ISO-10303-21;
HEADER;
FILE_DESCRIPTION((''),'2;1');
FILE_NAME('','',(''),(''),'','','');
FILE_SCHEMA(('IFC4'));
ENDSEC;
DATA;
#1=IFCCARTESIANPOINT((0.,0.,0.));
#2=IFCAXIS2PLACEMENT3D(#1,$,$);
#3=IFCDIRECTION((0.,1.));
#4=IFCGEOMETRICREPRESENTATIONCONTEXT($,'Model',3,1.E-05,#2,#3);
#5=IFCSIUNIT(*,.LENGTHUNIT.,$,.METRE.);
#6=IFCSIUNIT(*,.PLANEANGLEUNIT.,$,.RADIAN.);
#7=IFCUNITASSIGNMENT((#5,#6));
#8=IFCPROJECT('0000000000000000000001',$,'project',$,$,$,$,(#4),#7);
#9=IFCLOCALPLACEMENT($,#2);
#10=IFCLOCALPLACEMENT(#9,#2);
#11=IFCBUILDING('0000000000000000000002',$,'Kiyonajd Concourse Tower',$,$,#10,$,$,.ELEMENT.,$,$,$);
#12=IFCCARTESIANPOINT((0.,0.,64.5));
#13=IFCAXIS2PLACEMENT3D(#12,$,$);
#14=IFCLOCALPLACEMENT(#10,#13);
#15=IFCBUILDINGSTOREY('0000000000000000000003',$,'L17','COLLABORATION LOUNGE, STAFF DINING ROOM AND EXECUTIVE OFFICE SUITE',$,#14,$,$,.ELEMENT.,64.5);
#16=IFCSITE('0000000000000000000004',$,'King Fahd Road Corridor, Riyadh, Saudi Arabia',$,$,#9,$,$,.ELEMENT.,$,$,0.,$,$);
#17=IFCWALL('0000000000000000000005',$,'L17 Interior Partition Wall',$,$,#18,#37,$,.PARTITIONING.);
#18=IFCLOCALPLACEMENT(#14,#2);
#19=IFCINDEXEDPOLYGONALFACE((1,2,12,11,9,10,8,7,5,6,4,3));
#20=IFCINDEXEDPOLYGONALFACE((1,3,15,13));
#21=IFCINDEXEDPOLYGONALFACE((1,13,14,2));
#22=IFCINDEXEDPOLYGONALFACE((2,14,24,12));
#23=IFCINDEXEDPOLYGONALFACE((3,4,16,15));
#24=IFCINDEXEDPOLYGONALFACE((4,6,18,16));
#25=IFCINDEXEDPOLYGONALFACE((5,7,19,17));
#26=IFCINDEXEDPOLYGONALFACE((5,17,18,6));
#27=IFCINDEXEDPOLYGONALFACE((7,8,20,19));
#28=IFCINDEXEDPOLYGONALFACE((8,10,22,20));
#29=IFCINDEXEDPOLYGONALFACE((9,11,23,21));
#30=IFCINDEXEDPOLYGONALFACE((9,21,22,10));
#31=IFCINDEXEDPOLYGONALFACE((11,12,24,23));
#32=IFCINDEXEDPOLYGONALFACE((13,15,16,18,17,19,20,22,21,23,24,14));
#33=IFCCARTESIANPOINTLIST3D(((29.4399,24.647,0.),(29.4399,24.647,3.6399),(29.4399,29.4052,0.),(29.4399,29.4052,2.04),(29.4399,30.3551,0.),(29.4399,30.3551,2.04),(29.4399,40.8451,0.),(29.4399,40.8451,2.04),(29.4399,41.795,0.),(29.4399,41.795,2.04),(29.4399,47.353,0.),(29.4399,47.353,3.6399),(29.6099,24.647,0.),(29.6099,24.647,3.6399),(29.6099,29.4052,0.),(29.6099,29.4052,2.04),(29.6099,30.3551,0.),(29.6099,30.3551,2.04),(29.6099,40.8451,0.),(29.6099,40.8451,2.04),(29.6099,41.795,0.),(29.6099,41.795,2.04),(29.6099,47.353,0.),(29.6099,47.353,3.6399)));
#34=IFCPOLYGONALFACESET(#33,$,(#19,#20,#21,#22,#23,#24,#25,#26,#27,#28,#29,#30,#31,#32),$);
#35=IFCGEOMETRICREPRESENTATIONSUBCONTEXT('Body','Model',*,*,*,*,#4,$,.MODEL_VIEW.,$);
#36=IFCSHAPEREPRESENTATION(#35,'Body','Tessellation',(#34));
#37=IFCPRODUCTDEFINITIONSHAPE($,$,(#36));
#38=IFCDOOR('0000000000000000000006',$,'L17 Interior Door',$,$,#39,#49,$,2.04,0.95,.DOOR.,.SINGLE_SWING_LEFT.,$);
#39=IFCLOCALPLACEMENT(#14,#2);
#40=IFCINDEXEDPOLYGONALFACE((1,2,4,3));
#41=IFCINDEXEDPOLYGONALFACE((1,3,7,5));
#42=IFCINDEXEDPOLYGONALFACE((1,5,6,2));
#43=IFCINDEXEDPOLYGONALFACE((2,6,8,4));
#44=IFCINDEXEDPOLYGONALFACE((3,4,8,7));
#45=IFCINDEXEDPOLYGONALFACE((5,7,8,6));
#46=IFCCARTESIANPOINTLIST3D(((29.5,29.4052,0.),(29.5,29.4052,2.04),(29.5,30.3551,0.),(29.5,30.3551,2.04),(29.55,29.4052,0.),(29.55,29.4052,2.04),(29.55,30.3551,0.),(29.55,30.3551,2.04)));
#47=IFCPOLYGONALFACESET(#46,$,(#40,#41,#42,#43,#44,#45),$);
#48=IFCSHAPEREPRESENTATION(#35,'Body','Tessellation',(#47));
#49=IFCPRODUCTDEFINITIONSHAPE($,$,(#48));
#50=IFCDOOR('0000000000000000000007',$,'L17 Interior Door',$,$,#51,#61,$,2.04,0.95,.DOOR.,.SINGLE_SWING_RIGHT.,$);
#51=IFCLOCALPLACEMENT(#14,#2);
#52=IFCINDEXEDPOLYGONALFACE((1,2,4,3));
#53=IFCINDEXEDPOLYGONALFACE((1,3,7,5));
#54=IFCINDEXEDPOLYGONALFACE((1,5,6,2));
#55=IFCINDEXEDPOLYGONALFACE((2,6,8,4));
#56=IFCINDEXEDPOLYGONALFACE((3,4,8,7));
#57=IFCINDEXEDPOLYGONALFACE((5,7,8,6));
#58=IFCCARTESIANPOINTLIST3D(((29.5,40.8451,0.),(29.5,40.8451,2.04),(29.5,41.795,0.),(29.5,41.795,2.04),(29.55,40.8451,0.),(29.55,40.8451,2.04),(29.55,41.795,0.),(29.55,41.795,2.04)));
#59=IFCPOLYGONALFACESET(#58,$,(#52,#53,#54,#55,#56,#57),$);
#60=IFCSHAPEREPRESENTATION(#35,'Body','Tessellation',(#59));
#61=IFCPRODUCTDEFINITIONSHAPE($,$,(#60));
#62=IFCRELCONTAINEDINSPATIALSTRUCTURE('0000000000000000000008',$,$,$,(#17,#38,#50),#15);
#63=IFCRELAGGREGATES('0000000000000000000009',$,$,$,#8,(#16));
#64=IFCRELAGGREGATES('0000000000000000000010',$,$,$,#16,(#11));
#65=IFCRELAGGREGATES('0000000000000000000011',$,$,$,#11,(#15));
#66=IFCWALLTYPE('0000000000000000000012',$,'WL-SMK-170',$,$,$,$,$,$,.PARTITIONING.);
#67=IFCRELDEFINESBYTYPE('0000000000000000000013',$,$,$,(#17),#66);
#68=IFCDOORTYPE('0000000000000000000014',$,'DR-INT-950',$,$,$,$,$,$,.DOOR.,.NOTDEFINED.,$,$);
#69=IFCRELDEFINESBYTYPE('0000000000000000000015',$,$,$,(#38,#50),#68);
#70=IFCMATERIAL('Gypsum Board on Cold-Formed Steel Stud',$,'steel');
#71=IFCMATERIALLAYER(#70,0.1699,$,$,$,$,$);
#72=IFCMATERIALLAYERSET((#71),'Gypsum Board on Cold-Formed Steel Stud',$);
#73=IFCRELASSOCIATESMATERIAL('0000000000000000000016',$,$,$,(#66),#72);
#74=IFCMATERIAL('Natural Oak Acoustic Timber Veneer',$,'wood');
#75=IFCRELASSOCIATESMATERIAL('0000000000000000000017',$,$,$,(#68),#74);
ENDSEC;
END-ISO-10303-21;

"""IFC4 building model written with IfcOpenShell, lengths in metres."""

from ifc_helpers import new_model, si_unit, direction, frame, frame_2d, origin, place, context, subcontext, project, spatial, rectangle, extrude, material, layer, layer_set, type_object, element, fill, save


model = new_model("IFC4")

# Units and contexts
model_context = context("Model", 3, precision=1e-05, world=origin(), true_north=direction((0.0, 1.0)))
body_context = subcontext(model_context, "Body", "Model", "MODEL_VIEW")
ifc_project = project(units=[si_unit("LENGTHUNIT", "METRE"), si_unit("PLANEANGLEUNIT", "RADIAN")], contexts=[model_context])

# Site, building, storey
site_placement = place(None, origin())
site = spatial("IfcSite", under=ifc_project, at=site_placement, Name="King Fahd Road Corridor, Riyadh, Saudi Arabia", CompositionType="ELEMENT", RefElevation=0.0)
building_placement = place(site_placement, origin())
building = spatial("IfcBuilding", under=site, at=building_placement, Name="Kiyonajd Concourse Tower", CompositionType="ELEMENT")
storey_placement = place(building_placement, frame((0.0, 0.0, 64.5)))
storey = spatial("IfcBuildingStorey", under=building, at=storey_placement, Name="L17", Description="COLLABORATION LOUNGE, STAFF DINING ROOM AND EXECUTIVE OFFICE SUITE", CompositionType="ELEMENT", Elevation=64.5)

# Wall, openings, doors
ifc_material_1 = material(Name="Gypsum Board on Cold-Formed Steel Stud", Category="steel")
ifc_layer_1 = layer(ifc_material_1, 0.1699)
ifc_layer_set_1 = layer_set([ifc_layer_1], Name="Gypsum Board on Cold-Formed Steel Stud")
wall_type_1 = type_object("IfcWallType", Name="WL-SMK-170", PredefinedType="PARTITIONING", material=ifc_layer_set_1)
ifc_material_2 = material(Name="Natural Oak Acoustic Timber Veneer", Category="wood")
door_type_1 = type_object("IfcDoorType", Name="DR-INT-950", OperationType="NOTDEFINED", PredefinedType="DOOR", material=ifc_material_2)
wall_1_placement = place(storey_placement, frame((29.5249, 24.647, 0.0), z_axis=(0.0, 0.0, 1.0), x_axis=(0.0, 1.0, 0.0)))
wall_1 = element("IfcWall", 1, at=wall_1_placement, inside=storey, type_object=wall_type_1, Name="L17 Interior Partition Wall", PredefinedType="PARTITIONING", context=body_context, shape_type="SweptSolid", body=[
    extrude(rectangle(XDim=22.7061, YDim=0.1699, at=frame_2d((11.353, 0.0))), origin(), (0.0, 0.0, 1.0), 3.6399),
])
opening_1_placement = place(wall_1_placement, frame((4.7581, 0.0, 0.0)))
opening_1 = element("IfcOpeningElement", 2, at=opening_1_placement, cuts=wall_1, PredefinedType="OPENING", context=body_context, shape_type="SweptSolid", body=[
    extrude(rectangle(XDim=0.95, YDim=2.04, at=frame_2d((0.4751, 1.02))), frame((0.0, 0.095, 0.0), z_axis=(0.0, -1.0, 0.0), x_axis=(1.0, 0.0, 0.0)), (0.0, 0.0, 1.0), 0.1899),
])
opening_2_placement = place(wall_1_placement, frame((16.198, 0.0, 0.0)))
opening_2 = element("IfcOpeningElement", 3, at=opening_2_placement, cuts=wall_1, PredefinedType="OPENING", context=body_context, shape_type="SweptSolid", body=[
    extrude(rectangle(XDim=0.95, YDim=2.04, at=frame_2d((0.4751, 1.02))), frame((0.0, 0.095, 0.0), z_axis=(0.0, -1.0, 0.0), x_axis=(1.0, 0.0, 0.0)), (0.0, 0.0, 1.0), 0.1899),
])
door_1_placement = place(opening_1_placement, origin())
door_1 = element("IfcDoor", 4, at=door_1_placement, inside=storey, type_object=door_type_1, Name="L17 Interior Door", OperationType="SINGLE_SWING_LEFT", OverallHeight=2.04, OverallWidth=0.95, PredefinedType="DOOR", context=body_context, shape_type="SweptSolid", body=[
    extrude(rectangle(XDim=0.95, YDim=2.04, at=frame_2d((0.4751, 1.02))), frame((0.0, 0.0249, 0.0), z_axis=(0.0, -1.0, 0.0), x_axis=(1.0, 0.0, 0.0)), (0.0, 0.0, 1.0), 0.05),
])
fill(opening_1, door_1)
door_2_placement = place(opening_2_placement, origin())
door_2 = element("IfcDoor", 5, at=door_2_placement, inside=storey, type_object=door_type_1, Name="L17 Interior Door", OperationType="SINGLE_SWING_RIGHT", OverallHeight=2.04, OverallWidth=0.95, PredefinedType="DOOR", context=body_context, shape_type="SweptSolid", body=[
    extrude(rectangle(XDim=0.95, YDim=2.04, at=frame_2d((0.4751, 1.02))), frame((0.0, 0.0249, 0.0), z_axis=(0.0, -1.0, 0.0), x_axis=(1.0, 0.0, 0.0)), (0.0, 0.0, 1.0), 0.05),
])
fill(opening_2, door_2)

save(model, "model.ifc")
